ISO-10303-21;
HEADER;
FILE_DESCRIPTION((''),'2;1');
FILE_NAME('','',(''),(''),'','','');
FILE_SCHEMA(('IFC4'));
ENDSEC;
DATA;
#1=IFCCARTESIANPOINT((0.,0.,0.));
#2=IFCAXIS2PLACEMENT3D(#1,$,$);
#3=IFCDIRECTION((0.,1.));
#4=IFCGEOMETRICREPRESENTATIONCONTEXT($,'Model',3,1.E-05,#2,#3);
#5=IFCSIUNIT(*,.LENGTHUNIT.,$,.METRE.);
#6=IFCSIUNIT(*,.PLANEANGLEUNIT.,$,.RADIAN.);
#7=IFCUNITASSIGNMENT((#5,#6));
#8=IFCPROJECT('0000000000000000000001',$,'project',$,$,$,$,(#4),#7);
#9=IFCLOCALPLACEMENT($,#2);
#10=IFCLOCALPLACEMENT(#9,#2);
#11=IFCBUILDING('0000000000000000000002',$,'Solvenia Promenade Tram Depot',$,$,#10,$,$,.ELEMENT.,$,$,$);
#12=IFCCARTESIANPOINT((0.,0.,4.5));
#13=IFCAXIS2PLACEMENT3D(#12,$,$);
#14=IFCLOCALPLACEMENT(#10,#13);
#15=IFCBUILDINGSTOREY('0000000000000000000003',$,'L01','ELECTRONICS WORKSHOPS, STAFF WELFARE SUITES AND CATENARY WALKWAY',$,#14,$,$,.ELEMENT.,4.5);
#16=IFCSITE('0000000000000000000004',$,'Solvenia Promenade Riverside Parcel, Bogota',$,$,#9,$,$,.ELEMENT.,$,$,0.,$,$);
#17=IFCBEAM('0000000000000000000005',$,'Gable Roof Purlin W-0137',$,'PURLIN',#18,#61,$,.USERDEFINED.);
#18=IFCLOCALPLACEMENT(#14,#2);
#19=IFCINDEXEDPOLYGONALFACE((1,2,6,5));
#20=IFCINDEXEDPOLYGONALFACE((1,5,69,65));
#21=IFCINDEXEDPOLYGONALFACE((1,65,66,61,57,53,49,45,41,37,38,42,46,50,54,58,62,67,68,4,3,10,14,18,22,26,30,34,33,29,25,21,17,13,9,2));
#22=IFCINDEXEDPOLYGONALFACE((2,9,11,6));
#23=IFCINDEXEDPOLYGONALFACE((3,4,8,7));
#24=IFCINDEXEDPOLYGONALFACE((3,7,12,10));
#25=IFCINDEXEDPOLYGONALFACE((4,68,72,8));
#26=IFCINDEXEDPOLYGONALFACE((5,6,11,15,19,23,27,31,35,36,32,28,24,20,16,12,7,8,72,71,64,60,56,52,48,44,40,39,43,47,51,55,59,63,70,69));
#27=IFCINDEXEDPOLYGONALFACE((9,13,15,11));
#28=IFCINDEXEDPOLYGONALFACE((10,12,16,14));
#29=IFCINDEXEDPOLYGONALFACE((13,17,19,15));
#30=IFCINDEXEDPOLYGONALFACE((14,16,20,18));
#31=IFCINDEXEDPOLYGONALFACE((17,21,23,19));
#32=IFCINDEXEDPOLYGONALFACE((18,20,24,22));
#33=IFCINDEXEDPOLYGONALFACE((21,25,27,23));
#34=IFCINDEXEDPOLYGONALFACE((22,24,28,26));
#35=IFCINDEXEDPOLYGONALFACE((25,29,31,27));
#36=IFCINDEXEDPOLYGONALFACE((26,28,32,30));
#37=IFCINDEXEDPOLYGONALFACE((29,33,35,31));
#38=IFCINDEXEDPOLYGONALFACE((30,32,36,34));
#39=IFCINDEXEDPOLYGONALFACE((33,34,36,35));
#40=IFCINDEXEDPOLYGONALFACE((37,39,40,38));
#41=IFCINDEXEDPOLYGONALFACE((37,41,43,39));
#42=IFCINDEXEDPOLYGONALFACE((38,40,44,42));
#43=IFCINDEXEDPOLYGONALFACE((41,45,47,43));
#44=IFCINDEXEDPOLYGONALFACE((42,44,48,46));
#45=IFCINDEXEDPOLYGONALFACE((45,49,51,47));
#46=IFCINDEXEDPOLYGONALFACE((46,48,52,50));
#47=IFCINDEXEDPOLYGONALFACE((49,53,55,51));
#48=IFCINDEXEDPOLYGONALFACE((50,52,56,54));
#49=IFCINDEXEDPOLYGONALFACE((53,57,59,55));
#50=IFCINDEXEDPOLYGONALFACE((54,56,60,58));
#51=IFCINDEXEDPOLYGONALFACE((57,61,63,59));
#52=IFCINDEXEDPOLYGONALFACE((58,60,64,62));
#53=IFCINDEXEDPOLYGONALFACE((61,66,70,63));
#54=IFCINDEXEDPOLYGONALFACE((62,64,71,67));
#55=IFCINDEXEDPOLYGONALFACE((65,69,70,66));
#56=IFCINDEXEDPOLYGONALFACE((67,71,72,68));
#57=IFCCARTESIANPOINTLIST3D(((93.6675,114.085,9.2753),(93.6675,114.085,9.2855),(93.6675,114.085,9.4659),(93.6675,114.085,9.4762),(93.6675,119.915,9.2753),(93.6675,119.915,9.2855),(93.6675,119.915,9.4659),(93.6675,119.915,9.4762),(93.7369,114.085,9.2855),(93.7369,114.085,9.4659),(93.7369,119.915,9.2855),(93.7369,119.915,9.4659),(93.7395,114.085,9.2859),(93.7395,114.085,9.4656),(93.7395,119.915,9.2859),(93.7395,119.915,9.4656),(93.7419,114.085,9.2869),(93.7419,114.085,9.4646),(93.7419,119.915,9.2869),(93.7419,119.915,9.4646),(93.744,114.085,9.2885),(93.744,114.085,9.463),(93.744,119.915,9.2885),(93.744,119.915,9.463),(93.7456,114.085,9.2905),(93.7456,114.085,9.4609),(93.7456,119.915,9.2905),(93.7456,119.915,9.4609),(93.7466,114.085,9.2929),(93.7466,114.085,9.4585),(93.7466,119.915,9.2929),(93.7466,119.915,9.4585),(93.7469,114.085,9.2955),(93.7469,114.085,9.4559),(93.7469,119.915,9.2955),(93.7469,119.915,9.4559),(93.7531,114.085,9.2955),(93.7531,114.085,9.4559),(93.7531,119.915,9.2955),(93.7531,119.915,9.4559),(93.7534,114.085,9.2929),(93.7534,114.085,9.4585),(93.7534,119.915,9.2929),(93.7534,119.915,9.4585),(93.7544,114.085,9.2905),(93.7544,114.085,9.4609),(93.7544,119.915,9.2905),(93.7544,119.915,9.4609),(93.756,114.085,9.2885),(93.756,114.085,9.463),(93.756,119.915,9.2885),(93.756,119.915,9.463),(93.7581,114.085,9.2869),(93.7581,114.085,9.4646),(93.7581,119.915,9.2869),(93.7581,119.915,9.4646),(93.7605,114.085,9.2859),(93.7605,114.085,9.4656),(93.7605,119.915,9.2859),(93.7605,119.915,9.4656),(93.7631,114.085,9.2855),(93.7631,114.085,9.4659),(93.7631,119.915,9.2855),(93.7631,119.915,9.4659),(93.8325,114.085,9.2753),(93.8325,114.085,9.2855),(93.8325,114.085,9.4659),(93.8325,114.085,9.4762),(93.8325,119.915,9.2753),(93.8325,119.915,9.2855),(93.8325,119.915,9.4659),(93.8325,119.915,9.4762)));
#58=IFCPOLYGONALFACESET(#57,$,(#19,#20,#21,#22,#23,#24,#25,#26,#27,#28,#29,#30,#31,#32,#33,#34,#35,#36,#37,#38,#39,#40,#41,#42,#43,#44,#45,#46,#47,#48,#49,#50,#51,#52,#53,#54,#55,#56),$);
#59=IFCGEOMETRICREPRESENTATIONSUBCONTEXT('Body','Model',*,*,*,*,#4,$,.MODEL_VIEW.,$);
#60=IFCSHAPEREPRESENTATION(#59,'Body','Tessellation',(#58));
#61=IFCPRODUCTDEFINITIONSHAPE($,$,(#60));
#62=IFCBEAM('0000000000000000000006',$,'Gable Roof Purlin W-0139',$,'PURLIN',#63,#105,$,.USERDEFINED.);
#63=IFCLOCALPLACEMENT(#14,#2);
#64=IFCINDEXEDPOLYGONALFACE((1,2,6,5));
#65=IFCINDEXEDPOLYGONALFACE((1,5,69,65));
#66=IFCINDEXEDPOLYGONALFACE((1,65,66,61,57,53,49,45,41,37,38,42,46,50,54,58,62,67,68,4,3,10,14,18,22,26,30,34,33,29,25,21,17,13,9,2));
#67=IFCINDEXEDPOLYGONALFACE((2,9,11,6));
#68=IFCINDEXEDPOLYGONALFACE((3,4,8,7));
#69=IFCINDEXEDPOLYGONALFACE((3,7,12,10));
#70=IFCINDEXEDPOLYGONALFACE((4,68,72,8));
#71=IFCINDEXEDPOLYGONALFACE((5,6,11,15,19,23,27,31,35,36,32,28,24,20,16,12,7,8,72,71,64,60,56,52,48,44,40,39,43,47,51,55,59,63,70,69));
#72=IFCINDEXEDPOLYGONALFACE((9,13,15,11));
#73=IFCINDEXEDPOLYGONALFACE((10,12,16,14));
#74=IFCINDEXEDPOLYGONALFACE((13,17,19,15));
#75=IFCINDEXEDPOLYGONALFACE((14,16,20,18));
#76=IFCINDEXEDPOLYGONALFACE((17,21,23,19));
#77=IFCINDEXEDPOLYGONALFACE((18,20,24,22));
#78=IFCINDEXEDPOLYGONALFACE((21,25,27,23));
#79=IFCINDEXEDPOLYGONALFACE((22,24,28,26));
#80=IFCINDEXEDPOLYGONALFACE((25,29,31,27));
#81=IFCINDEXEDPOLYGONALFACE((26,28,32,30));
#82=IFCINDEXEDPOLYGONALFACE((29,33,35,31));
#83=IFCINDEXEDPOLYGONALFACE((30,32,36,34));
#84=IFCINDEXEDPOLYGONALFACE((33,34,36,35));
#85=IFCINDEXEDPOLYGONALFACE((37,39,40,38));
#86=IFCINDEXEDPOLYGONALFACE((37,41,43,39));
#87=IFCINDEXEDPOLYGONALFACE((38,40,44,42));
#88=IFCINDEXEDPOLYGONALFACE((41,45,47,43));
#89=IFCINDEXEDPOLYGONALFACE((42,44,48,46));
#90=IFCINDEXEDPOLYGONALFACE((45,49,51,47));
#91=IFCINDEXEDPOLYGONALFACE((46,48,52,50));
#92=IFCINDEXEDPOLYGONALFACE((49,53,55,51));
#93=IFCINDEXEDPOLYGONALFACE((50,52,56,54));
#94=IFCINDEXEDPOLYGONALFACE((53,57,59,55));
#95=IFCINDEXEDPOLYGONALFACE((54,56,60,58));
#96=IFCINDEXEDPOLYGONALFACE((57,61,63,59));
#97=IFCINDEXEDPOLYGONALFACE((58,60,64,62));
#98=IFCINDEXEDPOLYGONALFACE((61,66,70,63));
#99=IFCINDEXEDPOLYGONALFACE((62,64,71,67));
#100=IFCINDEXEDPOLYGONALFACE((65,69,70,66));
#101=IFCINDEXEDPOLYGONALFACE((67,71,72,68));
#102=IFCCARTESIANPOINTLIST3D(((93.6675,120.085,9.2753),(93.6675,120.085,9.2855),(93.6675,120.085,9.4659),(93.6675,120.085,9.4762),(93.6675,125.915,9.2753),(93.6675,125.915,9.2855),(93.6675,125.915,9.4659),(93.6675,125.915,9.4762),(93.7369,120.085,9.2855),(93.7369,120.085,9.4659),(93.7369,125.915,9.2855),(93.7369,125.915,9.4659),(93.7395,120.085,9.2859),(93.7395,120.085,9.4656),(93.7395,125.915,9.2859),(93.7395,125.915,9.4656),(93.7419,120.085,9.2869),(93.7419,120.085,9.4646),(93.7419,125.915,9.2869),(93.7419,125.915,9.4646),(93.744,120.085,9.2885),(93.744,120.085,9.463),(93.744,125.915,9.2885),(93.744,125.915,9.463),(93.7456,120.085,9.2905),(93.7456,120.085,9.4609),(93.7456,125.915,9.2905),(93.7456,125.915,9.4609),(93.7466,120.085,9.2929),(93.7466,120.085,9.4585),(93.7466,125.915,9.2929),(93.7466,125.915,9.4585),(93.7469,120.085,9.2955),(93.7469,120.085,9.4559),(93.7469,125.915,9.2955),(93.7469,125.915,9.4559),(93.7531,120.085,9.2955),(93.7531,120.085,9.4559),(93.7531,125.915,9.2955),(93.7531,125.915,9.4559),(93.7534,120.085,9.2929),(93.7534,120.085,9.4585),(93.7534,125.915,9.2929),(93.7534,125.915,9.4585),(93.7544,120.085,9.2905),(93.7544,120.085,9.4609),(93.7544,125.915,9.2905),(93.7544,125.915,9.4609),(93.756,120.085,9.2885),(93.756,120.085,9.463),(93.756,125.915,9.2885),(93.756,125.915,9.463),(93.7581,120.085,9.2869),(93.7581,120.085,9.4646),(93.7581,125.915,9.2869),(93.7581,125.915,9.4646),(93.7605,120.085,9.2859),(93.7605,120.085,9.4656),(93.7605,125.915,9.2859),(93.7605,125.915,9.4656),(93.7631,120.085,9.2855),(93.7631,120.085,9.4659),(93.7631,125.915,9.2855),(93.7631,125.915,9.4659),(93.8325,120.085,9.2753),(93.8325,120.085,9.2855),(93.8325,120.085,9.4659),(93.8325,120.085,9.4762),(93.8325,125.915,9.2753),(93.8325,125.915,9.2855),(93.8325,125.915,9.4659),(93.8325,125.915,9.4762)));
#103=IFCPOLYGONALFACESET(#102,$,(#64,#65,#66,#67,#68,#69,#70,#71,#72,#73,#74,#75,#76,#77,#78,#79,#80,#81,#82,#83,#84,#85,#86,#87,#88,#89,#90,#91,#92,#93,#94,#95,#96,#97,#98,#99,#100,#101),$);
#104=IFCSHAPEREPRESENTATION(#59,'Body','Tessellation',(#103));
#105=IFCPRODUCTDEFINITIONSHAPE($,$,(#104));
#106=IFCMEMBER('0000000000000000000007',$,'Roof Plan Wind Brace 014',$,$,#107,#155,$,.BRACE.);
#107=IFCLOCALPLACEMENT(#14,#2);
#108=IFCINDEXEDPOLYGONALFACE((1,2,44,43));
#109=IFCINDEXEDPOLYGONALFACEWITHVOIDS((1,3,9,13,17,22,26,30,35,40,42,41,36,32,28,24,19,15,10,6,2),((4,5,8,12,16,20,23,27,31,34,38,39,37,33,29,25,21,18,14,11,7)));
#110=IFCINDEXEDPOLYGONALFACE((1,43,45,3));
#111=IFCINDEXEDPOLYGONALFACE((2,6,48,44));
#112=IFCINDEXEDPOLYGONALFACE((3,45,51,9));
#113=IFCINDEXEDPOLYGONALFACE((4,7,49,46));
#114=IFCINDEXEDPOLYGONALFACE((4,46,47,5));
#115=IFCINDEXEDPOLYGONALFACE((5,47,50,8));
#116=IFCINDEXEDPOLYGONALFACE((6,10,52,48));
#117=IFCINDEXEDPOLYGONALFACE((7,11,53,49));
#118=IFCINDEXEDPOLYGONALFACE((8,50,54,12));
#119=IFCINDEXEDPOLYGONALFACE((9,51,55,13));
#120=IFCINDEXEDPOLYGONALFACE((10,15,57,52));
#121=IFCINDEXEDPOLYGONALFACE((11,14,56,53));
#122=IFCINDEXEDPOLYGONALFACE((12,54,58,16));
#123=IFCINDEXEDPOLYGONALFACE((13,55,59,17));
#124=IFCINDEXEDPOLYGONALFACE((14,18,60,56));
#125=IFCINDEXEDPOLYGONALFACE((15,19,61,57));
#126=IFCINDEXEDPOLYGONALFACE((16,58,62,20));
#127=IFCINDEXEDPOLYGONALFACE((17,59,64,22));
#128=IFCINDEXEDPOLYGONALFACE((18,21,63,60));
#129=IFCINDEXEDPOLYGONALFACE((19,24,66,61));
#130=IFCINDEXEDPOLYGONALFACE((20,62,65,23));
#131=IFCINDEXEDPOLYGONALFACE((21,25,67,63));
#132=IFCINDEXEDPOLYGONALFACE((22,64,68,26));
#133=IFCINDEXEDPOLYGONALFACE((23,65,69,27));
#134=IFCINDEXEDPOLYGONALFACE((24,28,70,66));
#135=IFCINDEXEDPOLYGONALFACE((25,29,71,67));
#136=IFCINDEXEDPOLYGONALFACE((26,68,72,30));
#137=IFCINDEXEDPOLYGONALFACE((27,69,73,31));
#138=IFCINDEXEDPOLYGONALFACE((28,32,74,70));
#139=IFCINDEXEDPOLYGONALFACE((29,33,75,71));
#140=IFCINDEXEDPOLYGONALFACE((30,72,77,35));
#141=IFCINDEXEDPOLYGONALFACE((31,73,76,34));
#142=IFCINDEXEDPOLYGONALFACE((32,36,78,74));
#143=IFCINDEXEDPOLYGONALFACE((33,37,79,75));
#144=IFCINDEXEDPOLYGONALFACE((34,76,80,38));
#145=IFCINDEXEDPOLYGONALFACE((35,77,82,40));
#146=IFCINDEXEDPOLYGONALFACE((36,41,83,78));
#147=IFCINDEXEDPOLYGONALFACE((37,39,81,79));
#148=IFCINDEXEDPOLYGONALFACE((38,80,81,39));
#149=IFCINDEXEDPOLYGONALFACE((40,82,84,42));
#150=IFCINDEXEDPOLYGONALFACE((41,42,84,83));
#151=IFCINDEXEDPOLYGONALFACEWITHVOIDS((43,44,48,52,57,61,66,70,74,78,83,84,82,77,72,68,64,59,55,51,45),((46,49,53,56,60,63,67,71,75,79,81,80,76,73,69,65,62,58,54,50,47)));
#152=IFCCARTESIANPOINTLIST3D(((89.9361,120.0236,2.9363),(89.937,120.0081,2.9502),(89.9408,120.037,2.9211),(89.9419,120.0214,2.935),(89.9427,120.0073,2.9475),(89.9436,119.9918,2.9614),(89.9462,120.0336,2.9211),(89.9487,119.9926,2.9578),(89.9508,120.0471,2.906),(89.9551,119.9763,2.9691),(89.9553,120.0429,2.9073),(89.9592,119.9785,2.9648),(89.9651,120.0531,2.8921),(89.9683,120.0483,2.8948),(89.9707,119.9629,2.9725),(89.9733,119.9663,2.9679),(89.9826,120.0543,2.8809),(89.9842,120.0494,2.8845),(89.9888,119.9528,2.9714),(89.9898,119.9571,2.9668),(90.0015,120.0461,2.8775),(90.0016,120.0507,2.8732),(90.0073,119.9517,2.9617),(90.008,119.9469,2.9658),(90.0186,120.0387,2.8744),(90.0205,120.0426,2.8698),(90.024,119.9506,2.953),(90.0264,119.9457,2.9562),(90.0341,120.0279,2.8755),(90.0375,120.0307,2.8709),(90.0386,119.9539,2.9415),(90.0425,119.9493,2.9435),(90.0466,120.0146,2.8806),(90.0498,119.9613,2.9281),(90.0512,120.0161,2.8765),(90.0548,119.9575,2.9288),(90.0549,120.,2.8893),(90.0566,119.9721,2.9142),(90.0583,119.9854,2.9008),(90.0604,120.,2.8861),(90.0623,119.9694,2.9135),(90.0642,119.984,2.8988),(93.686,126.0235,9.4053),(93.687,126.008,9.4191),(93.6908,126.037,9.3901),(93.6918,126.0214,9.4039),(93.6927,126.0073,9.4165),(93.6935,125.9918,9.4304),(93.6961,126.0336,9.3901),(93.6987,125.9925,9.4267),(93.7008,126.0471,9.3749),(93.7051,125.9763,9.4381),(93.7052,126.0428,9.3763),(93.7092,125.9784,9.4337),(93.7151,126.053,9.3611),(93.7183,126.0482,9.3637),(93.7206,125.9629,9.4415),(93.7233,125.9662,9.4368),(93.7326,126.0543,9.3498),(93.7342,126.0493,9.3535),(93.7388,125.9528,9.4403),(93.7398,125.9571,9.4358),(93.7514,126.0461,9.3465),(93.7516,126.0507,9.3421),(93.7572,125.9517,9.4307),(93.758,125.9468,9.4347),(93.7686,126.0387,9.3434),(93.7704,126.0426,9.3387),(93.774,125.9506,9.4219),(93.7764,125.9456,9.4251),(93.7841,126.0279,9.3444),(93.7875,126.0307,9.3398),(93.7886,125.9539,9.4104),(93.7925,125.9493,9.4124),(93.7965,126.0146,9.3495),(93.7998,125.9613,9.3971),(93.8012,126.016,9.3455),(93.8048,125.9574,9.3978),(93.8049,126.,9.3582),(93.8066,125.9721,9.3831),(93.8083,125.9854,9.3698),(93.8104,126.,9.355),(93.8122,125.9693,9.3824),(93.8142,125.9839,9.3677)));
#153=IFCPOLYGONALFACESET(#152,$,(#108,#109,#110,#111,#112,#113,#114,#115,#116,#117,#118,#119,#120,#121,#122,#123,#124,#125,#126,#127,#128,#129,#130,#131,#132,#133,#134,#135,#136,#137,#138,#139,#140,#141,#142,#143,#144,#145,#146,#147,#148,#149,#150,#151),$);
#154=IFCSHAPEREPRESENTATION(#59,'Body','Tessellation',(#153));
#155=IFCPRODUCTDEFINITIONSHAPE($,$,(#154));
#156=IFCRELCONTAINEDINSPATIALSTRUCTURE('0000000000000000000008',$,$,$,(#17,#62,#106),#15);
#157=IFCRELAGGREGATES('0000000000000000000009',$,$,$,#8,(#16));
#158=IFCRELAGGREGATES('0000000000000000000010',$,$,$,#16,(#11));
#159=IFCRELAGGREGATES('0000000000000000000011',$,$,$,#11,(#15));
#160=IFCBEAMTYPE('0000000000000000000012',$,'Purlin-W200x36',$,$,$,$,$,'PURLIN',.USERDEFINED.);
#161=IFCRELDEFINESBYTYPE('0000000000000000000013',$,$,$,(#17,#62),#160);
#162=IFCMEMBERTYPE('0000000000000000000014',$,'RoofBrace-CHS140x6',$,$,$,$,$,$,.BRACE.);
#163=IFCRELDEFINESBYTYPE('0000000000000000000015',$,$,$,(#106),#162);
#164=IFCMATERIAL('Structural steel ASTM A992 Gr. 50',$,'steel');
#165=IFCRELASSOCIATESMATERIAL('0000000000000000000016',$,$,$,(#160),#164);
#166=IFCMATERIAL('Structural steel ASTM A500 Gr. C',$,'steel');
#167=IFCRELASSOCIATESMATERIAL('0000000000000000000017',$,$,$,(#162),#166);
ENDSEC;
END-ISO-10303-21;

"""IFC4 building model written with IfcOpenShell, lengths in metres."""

from ifc_helpers import new_model, si_unit, direction, frame, origin, origin_2d, place, context, subcontext, project, spatial, hollow_circle, i_section, extrude, material, material_profile, profile_set, type_object, element, save


model = new_model("IFC4")

# Units and contexts
model_context = context("Model", 3, precision=1e-05, world=origin(), true_north=direction((0.0, 1.0)))
body_context = subcontext(model_context, "Body", "Model", "MODEL_VIEW")
ifc_project = project(units=[si_unit("LENGTHUNIT", "METRE"), si_unit("PLANEANGLEUNIT", "RADIAN")], contexts=[model_context])

# Site, building, storey
site_placement = place(None, origin())
site = spatial("IfcSite", under=ifc_project, at=site_placement, Name="Solvenia Promenade Riverside Parcel, Bogota", CompositionType="ELEMENT", RefElevation=0.0)
building_placement = place(site_placement, origin())
building = spatial("IfcBuilding", under=site, at=building_placement, Name="Solvenia Promenade Tram Depot", CompositionType="ELEMENT")
storey_placement = place(building_placement, frame((0.0, 0.0, 4.5)))
storey = spatial("IfcBuildingStorey", under=building, at=storey_placement, Name="L01", Description="ELECTRONICS WORKSHOPS, STAFF WELFARE SUITES AND CATENARY WALKWAY", CompositionType="ELEMENT", Elevation=4.5)

# Shared definitions
ifc_material_1 = material(Name="Structural steel ASTM A500 Gr. C", Category="steel")

# Beams
ifc_material_2 = material(Name="Structural steel ASTM A992 Gr. 50", Category="steel")
ifc_material_profile_1 = material_profile(ifc_material_2, i_section(OverallWidth=0.165, OverallDepth=0.2009, WebThickness=0.0061, FlangeThickness=0.0103, FilletRadius=0.01, at=origin_2d()), Name="W200x36", Category="steel")
ifc_profile_set_1 = profile_set([ifc_material_profile_1], Name="Structural steel ASTM A992 Gr. 50")
beam_type_1 = type_object("IfcBeamType", Name="Purlin-W200x36", ElementType="PURLIN", PredefinedType="USERDEFINED", material=ifc_profile_set_1)
for number, where, z_axis, x_axis, name in (
    (1, (93.75, 114.085, 9.3757), (0.0, 1.0, 0.0), (-1.0, 0.0, 0.0), "Gable Roof Purlin W-0137"),
    (2, (93.75, 120.085, 9.3757), (0.0, 1.0, 0.0), (-1.0, 0.0, 0.0), "Gable Roof Purlin W-0139"),
):
    element("IfcBeam", number, at=place(storey_placement, frame(where, z_axis=z_axis, x_axis=x_axis)), inside=storey, type_object=beam_type_1, Name=name, ObjectType="PURLIN", PredefinedType="USERDEFINED", context=body_context, shape_type="SweptSolid", body=[
        extrude(i_section(OverallWidth=0.165, OverallDepth=0.2009, WebThickness=0.0061, FlangeThickness=0.0103, FilletRadius=0.01, at=origin_2d()), origin(), (0.0, 0.0, 1.0), 5.8301),
    ])

# Member
ifc_material_profile_2 = material_profile(ifc_material_1, hollow_circle(Radius=0.0698, WallThickness=0.0063, at=origin_2d()), Name="CHS139.7x6.3", Category="steel")
ifc_profile_set_2 = profile_set([ifc_material_profile_2], Name="Structural steel ASTM A500 Gr. C")
member_type_1 = type_object("IfcMemberType", Name="RoofBrace-CHS140x6", PredefinedType="BRACE", material=ifc_profile_set_2)
member_1_placement = place(storey_placement, frame((90.0, 120.0, 2.9211), z_axis=(0.391155, 0.625848, 0.674768), x_axis=(-0.847998, 0.529999, 0.0)))
element("IfcMember", 3, at=member_1_placement, inside=storey, type_object=member_type_1, Name="Roof Plan Wind Brace 014", PredefinedType="BRACE", context=body_context, shape_type="SweptSolid", body=[
    extrude(hollow_circle(Radius=0.0698, WallThickness=0.0063, at=origin_2d()), origin(), (0.0, 0.0, 1.0), 9.5869),
])

save(model, "model.ifc")
